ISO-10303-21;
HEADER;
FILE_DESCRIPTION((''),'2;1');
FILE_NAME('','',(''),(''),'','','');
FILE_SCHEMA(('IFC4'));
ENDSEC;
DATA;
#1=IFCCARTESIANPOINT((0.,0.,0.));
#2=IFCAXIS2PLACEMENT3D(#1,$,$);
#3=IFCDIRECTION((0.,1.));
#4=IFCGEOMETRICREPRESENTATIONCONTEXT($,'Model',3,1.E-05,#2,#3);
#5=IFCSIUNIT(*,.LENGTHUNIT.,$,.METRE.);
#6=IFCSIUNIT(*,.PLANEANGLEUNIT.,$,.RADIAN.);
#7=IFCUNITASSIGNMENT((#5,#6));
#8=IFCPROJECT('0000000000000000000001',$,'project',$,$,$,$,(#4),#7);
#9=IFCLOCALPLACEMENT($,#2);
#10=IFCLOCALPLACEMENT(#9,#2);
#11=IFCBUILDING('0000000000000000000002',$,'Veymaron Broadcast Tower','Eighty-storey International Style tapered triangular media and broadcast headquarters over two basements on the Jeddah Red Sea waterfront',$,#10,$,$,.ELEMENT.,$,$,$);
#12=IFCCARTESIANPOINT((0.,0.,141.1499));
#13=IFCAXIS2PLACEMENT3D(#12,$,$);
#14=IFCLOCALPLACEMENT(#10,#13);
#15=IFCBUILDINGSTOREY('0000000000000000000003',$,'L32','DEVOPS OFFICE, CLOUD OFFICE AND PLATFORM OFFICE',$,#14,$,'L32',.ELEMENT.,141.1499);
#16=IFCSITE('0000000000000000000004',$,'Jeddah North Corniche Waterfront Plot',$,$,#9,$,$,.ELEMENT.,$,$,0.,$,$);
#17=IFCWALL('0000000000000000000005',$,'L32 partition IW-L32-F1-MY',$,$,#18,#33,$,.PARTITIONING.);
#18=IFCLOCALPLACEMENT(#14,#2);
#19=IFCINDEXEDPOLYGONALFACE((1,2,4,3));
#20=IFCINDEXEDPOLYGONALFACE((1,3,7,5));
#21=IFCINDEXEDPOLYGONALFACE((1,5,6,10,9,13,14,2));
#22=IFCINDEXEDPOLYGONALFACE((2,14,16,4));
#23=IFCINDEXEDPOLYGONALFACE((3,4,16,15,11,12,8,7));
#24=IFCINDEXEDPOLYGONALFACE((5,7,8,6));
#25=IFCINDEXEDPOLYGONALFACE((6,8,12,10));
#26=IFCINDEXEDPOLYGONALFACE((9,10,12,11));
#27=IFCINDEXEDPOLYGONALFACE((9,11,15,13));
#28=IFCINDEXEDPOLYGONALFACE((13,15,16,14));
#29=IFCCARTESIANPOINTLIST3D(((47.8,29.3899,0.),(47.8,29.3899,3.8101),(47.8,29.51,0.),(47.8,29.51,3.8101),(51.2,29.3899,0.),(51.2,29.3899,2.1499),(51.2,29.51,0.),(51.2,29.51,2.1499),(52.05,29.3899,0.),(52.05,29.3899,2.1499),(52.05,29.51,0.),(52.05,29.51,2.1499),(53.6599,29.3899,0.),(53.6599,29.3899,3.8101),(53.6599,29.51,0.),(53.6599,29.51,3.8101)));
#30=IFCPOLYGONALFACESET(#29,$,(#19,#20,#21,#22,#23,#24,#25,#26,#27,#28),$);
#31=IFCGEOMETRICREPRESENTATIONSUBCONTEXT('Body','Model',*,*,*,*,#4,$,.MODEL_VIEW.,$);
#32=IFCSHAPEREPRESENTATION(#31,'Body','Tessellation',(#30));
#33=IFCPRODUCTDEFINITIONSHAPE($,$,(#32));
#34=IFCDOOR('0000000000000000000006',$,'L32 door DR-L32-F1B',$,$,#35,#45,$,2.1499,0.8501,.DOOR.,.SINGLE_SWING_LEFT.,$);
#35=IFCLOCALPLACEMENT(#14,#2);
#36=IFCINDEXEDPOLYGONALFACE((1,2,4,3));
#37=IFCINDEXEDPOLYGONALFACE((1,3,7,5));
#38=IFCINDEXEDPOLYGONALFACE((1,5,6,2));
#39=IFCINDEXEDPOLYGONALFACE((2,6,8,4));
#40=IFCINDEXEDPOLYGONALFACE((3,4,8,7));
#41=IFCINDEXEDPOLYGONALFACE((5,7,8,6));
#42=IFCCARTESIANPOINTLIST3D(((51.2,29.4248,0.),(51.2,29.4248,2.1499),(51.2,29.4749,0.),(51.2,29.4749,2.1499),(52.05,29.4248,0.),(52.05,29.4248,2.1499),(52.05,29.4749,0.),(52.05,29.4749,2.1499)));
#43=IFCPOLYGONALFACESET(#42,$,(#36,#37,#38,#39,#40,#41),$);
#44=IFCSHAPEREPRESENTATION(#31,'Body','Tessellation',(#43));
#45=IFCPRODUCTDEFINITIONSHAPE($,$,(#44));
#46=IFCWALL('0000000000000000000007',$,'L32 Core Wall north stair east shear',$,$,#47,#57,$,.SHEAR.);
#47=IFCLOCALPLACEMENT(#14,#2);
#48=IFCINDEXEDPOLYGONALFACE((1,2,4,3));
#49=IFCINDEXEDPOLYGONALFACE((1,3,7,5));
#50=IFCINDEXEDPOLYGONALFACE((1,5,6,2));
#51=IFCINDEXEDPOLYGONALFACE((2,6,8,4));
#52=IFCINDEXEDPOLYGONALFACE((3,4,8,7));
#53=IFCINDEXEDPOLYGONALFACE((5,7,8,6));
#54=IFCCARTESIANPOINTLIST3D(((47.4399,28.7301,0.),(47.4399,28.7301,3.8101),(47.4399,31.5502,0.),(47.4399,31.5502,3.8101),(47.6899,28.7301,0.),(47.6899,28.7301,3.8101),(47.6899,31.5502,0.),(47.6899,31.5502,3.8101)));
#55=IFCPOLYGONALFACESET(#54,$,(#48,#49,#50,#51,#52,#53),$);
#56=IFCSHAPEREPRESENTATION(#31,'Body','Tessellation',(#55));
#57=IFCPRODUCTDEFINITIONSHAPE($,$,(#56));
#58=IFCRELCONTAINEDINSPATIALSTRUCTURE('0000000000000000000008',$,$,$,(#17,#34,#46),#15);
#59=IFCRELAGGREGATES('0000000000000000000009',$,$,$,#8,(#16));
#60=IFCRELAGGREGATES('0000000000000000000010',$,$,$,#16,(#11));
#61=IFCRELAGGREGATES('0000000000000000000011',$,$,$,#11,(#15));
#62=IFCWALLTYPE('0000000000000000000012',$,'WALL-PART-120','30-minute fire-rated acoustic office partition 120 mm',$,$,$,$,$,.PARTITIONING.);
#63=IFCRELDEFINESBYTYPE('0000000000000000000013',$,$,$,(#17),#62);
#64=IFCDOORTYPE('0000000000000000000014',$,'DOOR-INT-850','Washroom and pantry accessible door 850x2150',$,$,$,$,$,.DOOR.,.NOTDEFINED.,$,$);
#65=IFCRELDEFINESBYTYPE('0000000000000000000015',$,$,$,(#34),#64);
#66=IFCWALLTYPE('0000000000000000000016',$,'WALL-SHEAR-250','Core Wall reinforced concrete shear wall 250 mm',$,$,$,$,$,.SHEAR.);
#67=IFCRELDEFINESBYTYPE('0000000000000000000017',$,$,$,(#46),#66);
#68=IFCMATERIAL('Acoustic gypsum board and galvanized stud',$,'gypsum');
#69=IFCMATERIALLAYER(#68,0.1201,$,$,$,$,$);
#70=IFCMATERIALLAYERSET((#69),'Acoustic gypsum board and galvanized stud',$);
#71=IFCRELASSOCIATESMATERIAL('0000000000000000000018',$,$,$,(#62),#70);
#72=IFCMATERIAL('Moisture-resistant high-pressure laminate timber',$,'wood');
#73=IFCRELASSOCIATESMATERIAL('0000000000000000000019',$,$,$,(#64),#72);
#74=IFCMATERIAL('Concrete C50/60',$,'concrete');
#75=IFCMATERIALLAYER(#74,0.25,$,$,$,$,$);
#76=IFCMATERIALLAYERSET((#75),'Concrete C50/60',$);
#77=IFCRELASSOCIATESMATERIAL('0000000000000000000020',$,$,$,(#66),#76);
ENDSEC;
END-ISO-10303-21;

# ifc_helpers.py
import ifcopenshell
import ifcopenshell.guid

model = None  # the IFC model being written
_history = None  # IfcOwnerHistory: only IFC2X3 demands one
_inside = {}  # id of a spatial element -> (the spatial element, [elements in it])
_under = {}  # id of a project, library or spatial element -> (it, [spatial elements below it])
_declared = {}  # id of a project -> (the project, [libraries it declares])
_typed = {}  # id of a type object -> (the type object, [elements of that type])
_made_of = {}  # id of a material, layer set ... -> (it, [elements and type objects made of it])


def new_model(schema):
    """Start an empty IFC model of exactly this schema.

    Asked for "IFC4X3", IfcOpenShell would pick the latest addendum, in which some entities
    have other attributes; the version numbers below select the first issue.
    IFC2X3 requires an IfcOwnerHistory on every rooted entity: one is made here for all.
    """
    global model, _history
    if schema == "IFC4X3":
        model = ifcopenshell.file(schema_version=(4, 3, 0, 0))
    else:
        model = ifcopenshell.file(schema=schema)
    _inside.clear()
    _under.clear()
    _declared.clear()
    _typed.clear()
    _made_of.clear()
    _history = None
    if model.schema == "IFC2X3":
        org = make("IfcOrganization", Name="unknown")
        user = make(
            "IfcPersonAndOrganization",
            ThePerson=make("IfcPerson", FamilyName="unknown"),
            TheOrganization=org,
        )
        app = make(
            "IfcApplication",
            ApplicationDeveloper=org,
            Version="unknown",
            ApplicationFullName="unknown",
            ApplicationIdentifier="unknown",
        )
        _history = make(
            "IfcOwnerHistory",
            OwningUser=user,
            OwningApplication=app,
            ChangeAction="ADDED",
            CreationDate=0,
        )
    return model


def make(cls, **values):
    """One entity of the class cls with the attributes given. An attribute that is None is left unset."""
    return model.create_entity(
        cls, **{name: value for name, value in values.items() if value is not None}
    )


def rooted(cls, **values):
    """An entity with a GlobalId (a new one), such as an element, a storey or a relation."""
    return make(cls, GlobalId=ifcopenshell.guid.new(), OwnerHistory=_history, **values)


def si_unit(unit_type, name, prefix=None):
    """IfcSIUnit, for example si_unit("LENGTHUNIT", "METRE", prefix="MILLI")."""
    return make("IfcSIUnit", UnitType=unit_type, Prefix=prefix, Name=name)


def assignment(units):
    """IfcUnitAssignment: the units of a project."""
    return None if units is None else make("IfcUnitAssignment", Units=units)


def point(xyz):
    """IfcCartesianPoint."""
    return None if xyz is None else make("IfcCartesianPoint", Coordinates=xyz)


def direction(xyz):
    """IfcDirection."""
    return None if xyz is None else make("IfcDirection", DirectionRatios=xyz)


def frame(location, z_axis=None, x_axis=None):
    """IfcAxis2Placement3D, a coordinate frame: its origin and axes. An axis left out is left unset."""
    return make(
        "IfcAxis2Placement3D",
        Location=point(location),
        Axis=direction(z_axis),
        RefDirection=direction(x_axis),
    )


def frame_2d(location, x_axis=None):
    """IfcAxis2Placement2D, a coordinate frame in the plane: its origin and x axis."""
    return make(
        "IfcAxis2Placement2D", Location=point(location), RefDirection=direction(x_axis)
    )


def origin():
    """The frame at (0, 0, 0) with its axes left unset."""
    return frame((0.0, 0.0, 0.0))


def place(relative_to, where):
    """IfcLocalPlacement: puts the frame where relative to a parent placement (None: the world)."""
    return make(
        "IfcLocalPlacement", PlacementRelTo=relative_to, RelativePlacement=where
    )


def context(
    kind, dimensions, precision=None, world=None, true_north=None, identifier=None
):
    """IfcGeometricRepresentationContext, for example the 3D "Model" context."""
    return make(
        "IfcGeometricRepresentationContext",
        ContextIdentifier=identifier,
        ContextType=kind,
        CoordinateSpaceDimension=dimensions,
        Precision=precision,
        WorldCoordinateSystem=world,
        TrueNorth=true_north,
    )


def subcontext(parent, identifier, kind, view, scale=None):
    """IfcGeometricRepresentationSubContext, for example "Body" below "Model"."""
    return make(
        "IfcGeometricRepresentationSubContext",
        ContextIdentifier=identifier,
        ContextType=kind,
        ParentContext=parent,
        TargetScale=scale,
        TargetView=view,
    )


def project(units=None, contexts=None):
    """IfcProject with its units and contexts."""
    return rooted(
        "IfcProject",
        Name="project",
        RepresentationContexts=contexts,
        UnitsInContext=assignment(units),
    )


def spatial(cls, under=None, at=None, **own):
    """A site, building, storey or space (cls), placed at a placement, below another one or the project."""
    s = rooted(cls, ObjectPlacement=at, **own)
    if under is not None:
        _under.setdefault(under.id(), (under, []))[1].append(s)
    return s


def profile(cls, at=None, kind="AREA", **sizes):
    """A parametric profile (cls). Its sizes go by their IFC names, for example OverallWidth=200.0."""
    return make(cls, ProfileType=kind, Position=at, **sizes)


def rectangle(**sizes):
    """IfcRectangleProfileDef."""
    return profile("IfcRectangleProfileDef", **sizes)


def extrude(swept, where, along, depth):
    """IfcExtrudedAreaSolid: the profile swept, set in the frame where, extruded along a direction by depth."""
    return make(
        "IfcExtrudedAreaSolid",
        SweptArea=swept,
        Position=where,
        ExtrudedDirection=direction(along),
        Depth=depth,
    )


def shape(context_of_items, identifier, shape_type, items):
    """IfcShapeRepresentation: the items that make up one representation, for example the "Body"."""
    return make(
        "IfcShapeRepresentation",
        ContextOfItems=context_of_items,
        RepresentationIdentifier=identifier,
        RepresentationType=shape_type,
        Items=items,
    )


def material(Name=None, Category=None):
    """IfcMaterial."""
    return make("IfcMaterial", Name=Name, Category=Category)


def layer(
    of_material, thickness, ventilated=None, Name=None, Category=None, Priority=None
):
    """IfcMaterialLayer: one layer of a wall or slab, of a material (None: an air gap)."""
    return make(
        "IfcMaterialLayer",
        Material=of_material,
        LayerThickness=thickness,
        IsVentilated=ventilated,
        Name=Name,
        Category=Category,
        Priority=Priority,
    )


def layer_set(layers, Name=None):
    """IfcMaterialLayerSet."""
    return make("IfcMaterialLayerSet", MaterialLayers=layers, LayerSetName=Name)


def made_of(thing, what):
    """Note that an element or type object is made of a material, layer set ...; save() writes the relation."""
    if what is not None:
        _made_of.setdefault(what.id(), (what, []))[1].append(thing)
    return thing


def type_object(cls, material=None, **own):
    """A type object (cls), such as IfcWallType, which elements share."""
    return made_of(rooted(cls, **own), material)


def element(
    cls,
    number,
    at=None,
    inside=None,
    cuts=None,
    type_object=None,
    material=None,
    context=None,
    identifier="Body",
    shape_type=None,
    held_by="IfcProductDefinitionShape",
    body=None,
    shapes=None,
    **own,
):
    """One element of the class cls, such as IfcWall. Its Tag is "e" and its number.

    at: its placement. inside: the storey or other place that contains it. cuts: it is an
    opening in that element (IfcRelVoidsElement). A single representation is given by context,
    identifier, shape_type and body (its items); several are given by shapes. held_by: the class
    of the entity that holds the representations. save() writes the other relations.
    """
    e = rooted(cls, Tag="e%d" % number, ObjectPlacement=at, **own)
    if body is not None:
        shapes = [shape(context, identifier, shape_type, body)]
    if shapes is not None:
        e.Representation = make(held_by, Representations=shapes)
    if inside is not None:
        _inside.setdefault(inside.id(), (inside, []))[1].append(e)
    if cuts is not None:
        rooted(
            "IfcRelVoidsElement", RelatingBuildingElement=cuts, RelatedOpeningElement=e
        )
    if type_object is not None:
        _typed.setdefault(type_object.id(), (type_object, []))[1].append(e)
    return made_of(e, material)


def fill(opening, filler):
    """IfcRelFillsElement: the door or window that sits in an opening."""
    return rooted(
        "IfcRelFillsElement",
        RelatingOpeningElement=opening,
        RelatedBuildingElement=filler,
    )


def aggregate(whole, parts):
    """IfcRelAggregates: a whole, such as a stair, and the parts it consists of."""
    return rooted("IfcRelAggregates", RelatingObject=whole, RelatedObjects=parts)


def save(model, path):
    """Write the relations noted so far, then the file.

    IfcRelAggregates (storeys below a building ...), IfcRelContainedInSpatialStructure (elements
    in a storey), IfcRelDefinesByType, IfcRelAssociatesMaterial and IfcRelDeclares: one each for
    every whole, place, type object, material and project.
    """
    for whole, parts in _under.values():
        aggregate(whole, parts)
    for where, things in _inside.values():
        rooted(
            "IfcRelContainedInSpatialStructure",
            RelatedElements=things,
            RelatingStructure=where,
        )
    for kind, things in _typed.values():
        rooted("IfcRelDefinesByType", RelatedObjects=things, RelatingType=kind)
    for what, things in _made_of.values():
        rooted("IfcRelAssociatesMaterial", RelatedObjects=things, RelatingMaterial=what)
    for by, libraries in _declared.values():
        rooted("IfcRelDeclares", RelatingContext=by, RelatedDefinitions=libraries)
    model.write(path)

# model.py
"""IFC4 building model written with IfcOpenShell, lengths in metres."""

from ifc_helpers import new_model, si_unit, direction, frame, frame_2d, origin, place, context, subcontext, project, spatial, rectangle, extrude, material, layer, layer_set, type_object, element, fill, save


model = new_model("IFC4")

# Units and contexts
model_context = context("Model", 3, precision=1e-05, world=origin(), true_north=direction((0.0, 1.0)))
body_context = subcontext(model_context, "Body", "Model", "MODEL_VIEW")
ifc_project = project(units=[si_unit("LENGTHUNIT", "METRE"), si_unit("PLANEANGLEUNIT", "RADIAN")], contexts=[model_context])

# Site, building, storey
site_placement = place(None, origin())
site = spatial("IfcSite", under=ifc_project, at=site_placement, Name="Jeddah North Corniche Waterfront Plot", CompositionType="ELEMENT", RefElevation=0.0)
building_placement = place(site_placement, origin())
building = spatial("IfcBuilding", under=site, at=building_placement, Name="Veymaron Broadcast Tower", Description="Eighty-storey International Style tapered triangular media and broadcast headquarters over two basements on the Jeddah Red Sea waterfront", CompositionType="ELEMENT")
storey_placement = place(building_placement, frame((0.0, 0.0, 141.1499)))
storey = spatial("IfcBuildingStorey", under=building, at=storey_placement, Name="L32", Description="DEVOPS OFFICE, CLOUD OFFICE AND PLATFORM OFFICE", LongName="L32", CompositionType="ELEMENT", Elevation=141.1499)

# Wall, opening, door
ifc_material_1 = material(Name="Acoustic gypsum board and galvanized stud", Category="gypsum")
ifc_layer_1 = layer(ifc_material_1, 0.1201)
ifc_layer_set_1 = layer_set([ifc_layer_1], Name="Acoustic gypsum board and galvanized stud")
wall_type_1 = type_object("IfcWallType", Name="WALL-PART-120", Description="30-minute fire-rated acoustic office partition 120 mm", PredefinedType="PARTITIONING", material=ifc_layer_set_1)
ifc_material_2 = material(Name="Moisture-resistant high-pressure laminate timber", Category="wood")
door_type_1 = type_object("IfcDoorType", Name="DOOR-INT-850", Description="Washroom and pantry accessible door 850x2150", OperationType="NOTDEFINED", PredefinedType="DOOR", material=ifc_material_2)
wall_1_placement = place(storey_placement, frame((47.8, 29.45, 0.0), z_axis=(0.0, 0.0, 1.0), x_axis=(1.0, 0.0, 0.0)))
wall_1 = element("IfcWall", 1, at=wall_1_placement, inside=storey, type_object=wall_type_1, Name="L32 partition IW-L32-F1-MY", PredefinedType="PARTITIONING", context=body_context, shape_type="SweptSolid", body=[
    extrude(rectangle(XDim=5.8599, YDim=0.1201, at=frame_2d((2.9299, 0.0))), origin(), (0.0, 0.0, 1.0), 3.8101),
])
opening_1_placement = place(wall_1_placement, frame((3.3999, 0.0, 0.0)))
opening_1 = element("IfcOpeningElement", 2, at=opening_1_placement, cuts=wall_1, PredefinedType="OPENING", context=body_context, shape_type="SweptSolid", body=[
    extrude(rectangle(XDim=0.8501, YDim=2.1499, at=frame_2d((0.425, 1.075))), frame((0.0, 0.0701, 0.0), z_axis=(0.0, -1.0, 0.0), x_axis=(1.0, 0.0, 0.0)), (0.0, 0.0, 1.0), 0.1401),
])
door_1_placement = place(opening_1_placement, origin())
door_1 = element("IfcDoor", 3, at=door_1_placement, inside=storey, type_object=door_type_1, Name="L32 door DR-L32-F1B", OperationType="SINGLE_SWING_LEFT", OverallHeight=2.1499, OverallWidth=0.8501, PredefinedType="DOOR", context=body_context, shape_type="SweptSolid", body=[
    extrude(rectangle(XDim=0.8501, YDim=2.1499, at=frame_2d((0.425, 1.075))), frame((0.0, 0.0249, 0.0), z_axis=(0.0, -1.0, 0.0), x_axis=(1.0, 0.0, 0.0)), (0.0, 0.0, 1.0), 0.05),
])
fill(opening_1, door_1)

# Wall
ifc_material_3 = material(Name="Concrete C50/60", Category="concrete")
ifc_layer_2 = layer(ifc_material_3, 0.25)
ifc_layer_set_2 = layer_set([ifc_layer_2], Name="Concrete C50/60")
wall_type_2 = type_object("IfcWallType", Name="WALL-SHEAR-250", Description="Core Wall reinforced concrete shear wall 250 mm", PredefinedType="SHEAR", material=ifc_layer_set_2)
wall_2_placement = place(storey_placement, frame((47.5649, 28.73, 0.0), z_axis=(0.0, 0.0, 1.0), x_axis=(0.0, 1.0, 0.0)))
element("IfcWall", 4, at=wall_2_placement, inside=storey, type_object=wall_type_2, Name="L32 Core Wall north stair east shear", PredefinedType="SHEAR", context=body_context, shape_type="SweptSolid", body=[
    extrude(rectangle(XDim=2.8201, YDim=0.25, at=frame_2d((1.4102, 0.0))), origin(), (0.0, 0.0, 1.0), 3.8101),
])

save(model, "model.ifc")
